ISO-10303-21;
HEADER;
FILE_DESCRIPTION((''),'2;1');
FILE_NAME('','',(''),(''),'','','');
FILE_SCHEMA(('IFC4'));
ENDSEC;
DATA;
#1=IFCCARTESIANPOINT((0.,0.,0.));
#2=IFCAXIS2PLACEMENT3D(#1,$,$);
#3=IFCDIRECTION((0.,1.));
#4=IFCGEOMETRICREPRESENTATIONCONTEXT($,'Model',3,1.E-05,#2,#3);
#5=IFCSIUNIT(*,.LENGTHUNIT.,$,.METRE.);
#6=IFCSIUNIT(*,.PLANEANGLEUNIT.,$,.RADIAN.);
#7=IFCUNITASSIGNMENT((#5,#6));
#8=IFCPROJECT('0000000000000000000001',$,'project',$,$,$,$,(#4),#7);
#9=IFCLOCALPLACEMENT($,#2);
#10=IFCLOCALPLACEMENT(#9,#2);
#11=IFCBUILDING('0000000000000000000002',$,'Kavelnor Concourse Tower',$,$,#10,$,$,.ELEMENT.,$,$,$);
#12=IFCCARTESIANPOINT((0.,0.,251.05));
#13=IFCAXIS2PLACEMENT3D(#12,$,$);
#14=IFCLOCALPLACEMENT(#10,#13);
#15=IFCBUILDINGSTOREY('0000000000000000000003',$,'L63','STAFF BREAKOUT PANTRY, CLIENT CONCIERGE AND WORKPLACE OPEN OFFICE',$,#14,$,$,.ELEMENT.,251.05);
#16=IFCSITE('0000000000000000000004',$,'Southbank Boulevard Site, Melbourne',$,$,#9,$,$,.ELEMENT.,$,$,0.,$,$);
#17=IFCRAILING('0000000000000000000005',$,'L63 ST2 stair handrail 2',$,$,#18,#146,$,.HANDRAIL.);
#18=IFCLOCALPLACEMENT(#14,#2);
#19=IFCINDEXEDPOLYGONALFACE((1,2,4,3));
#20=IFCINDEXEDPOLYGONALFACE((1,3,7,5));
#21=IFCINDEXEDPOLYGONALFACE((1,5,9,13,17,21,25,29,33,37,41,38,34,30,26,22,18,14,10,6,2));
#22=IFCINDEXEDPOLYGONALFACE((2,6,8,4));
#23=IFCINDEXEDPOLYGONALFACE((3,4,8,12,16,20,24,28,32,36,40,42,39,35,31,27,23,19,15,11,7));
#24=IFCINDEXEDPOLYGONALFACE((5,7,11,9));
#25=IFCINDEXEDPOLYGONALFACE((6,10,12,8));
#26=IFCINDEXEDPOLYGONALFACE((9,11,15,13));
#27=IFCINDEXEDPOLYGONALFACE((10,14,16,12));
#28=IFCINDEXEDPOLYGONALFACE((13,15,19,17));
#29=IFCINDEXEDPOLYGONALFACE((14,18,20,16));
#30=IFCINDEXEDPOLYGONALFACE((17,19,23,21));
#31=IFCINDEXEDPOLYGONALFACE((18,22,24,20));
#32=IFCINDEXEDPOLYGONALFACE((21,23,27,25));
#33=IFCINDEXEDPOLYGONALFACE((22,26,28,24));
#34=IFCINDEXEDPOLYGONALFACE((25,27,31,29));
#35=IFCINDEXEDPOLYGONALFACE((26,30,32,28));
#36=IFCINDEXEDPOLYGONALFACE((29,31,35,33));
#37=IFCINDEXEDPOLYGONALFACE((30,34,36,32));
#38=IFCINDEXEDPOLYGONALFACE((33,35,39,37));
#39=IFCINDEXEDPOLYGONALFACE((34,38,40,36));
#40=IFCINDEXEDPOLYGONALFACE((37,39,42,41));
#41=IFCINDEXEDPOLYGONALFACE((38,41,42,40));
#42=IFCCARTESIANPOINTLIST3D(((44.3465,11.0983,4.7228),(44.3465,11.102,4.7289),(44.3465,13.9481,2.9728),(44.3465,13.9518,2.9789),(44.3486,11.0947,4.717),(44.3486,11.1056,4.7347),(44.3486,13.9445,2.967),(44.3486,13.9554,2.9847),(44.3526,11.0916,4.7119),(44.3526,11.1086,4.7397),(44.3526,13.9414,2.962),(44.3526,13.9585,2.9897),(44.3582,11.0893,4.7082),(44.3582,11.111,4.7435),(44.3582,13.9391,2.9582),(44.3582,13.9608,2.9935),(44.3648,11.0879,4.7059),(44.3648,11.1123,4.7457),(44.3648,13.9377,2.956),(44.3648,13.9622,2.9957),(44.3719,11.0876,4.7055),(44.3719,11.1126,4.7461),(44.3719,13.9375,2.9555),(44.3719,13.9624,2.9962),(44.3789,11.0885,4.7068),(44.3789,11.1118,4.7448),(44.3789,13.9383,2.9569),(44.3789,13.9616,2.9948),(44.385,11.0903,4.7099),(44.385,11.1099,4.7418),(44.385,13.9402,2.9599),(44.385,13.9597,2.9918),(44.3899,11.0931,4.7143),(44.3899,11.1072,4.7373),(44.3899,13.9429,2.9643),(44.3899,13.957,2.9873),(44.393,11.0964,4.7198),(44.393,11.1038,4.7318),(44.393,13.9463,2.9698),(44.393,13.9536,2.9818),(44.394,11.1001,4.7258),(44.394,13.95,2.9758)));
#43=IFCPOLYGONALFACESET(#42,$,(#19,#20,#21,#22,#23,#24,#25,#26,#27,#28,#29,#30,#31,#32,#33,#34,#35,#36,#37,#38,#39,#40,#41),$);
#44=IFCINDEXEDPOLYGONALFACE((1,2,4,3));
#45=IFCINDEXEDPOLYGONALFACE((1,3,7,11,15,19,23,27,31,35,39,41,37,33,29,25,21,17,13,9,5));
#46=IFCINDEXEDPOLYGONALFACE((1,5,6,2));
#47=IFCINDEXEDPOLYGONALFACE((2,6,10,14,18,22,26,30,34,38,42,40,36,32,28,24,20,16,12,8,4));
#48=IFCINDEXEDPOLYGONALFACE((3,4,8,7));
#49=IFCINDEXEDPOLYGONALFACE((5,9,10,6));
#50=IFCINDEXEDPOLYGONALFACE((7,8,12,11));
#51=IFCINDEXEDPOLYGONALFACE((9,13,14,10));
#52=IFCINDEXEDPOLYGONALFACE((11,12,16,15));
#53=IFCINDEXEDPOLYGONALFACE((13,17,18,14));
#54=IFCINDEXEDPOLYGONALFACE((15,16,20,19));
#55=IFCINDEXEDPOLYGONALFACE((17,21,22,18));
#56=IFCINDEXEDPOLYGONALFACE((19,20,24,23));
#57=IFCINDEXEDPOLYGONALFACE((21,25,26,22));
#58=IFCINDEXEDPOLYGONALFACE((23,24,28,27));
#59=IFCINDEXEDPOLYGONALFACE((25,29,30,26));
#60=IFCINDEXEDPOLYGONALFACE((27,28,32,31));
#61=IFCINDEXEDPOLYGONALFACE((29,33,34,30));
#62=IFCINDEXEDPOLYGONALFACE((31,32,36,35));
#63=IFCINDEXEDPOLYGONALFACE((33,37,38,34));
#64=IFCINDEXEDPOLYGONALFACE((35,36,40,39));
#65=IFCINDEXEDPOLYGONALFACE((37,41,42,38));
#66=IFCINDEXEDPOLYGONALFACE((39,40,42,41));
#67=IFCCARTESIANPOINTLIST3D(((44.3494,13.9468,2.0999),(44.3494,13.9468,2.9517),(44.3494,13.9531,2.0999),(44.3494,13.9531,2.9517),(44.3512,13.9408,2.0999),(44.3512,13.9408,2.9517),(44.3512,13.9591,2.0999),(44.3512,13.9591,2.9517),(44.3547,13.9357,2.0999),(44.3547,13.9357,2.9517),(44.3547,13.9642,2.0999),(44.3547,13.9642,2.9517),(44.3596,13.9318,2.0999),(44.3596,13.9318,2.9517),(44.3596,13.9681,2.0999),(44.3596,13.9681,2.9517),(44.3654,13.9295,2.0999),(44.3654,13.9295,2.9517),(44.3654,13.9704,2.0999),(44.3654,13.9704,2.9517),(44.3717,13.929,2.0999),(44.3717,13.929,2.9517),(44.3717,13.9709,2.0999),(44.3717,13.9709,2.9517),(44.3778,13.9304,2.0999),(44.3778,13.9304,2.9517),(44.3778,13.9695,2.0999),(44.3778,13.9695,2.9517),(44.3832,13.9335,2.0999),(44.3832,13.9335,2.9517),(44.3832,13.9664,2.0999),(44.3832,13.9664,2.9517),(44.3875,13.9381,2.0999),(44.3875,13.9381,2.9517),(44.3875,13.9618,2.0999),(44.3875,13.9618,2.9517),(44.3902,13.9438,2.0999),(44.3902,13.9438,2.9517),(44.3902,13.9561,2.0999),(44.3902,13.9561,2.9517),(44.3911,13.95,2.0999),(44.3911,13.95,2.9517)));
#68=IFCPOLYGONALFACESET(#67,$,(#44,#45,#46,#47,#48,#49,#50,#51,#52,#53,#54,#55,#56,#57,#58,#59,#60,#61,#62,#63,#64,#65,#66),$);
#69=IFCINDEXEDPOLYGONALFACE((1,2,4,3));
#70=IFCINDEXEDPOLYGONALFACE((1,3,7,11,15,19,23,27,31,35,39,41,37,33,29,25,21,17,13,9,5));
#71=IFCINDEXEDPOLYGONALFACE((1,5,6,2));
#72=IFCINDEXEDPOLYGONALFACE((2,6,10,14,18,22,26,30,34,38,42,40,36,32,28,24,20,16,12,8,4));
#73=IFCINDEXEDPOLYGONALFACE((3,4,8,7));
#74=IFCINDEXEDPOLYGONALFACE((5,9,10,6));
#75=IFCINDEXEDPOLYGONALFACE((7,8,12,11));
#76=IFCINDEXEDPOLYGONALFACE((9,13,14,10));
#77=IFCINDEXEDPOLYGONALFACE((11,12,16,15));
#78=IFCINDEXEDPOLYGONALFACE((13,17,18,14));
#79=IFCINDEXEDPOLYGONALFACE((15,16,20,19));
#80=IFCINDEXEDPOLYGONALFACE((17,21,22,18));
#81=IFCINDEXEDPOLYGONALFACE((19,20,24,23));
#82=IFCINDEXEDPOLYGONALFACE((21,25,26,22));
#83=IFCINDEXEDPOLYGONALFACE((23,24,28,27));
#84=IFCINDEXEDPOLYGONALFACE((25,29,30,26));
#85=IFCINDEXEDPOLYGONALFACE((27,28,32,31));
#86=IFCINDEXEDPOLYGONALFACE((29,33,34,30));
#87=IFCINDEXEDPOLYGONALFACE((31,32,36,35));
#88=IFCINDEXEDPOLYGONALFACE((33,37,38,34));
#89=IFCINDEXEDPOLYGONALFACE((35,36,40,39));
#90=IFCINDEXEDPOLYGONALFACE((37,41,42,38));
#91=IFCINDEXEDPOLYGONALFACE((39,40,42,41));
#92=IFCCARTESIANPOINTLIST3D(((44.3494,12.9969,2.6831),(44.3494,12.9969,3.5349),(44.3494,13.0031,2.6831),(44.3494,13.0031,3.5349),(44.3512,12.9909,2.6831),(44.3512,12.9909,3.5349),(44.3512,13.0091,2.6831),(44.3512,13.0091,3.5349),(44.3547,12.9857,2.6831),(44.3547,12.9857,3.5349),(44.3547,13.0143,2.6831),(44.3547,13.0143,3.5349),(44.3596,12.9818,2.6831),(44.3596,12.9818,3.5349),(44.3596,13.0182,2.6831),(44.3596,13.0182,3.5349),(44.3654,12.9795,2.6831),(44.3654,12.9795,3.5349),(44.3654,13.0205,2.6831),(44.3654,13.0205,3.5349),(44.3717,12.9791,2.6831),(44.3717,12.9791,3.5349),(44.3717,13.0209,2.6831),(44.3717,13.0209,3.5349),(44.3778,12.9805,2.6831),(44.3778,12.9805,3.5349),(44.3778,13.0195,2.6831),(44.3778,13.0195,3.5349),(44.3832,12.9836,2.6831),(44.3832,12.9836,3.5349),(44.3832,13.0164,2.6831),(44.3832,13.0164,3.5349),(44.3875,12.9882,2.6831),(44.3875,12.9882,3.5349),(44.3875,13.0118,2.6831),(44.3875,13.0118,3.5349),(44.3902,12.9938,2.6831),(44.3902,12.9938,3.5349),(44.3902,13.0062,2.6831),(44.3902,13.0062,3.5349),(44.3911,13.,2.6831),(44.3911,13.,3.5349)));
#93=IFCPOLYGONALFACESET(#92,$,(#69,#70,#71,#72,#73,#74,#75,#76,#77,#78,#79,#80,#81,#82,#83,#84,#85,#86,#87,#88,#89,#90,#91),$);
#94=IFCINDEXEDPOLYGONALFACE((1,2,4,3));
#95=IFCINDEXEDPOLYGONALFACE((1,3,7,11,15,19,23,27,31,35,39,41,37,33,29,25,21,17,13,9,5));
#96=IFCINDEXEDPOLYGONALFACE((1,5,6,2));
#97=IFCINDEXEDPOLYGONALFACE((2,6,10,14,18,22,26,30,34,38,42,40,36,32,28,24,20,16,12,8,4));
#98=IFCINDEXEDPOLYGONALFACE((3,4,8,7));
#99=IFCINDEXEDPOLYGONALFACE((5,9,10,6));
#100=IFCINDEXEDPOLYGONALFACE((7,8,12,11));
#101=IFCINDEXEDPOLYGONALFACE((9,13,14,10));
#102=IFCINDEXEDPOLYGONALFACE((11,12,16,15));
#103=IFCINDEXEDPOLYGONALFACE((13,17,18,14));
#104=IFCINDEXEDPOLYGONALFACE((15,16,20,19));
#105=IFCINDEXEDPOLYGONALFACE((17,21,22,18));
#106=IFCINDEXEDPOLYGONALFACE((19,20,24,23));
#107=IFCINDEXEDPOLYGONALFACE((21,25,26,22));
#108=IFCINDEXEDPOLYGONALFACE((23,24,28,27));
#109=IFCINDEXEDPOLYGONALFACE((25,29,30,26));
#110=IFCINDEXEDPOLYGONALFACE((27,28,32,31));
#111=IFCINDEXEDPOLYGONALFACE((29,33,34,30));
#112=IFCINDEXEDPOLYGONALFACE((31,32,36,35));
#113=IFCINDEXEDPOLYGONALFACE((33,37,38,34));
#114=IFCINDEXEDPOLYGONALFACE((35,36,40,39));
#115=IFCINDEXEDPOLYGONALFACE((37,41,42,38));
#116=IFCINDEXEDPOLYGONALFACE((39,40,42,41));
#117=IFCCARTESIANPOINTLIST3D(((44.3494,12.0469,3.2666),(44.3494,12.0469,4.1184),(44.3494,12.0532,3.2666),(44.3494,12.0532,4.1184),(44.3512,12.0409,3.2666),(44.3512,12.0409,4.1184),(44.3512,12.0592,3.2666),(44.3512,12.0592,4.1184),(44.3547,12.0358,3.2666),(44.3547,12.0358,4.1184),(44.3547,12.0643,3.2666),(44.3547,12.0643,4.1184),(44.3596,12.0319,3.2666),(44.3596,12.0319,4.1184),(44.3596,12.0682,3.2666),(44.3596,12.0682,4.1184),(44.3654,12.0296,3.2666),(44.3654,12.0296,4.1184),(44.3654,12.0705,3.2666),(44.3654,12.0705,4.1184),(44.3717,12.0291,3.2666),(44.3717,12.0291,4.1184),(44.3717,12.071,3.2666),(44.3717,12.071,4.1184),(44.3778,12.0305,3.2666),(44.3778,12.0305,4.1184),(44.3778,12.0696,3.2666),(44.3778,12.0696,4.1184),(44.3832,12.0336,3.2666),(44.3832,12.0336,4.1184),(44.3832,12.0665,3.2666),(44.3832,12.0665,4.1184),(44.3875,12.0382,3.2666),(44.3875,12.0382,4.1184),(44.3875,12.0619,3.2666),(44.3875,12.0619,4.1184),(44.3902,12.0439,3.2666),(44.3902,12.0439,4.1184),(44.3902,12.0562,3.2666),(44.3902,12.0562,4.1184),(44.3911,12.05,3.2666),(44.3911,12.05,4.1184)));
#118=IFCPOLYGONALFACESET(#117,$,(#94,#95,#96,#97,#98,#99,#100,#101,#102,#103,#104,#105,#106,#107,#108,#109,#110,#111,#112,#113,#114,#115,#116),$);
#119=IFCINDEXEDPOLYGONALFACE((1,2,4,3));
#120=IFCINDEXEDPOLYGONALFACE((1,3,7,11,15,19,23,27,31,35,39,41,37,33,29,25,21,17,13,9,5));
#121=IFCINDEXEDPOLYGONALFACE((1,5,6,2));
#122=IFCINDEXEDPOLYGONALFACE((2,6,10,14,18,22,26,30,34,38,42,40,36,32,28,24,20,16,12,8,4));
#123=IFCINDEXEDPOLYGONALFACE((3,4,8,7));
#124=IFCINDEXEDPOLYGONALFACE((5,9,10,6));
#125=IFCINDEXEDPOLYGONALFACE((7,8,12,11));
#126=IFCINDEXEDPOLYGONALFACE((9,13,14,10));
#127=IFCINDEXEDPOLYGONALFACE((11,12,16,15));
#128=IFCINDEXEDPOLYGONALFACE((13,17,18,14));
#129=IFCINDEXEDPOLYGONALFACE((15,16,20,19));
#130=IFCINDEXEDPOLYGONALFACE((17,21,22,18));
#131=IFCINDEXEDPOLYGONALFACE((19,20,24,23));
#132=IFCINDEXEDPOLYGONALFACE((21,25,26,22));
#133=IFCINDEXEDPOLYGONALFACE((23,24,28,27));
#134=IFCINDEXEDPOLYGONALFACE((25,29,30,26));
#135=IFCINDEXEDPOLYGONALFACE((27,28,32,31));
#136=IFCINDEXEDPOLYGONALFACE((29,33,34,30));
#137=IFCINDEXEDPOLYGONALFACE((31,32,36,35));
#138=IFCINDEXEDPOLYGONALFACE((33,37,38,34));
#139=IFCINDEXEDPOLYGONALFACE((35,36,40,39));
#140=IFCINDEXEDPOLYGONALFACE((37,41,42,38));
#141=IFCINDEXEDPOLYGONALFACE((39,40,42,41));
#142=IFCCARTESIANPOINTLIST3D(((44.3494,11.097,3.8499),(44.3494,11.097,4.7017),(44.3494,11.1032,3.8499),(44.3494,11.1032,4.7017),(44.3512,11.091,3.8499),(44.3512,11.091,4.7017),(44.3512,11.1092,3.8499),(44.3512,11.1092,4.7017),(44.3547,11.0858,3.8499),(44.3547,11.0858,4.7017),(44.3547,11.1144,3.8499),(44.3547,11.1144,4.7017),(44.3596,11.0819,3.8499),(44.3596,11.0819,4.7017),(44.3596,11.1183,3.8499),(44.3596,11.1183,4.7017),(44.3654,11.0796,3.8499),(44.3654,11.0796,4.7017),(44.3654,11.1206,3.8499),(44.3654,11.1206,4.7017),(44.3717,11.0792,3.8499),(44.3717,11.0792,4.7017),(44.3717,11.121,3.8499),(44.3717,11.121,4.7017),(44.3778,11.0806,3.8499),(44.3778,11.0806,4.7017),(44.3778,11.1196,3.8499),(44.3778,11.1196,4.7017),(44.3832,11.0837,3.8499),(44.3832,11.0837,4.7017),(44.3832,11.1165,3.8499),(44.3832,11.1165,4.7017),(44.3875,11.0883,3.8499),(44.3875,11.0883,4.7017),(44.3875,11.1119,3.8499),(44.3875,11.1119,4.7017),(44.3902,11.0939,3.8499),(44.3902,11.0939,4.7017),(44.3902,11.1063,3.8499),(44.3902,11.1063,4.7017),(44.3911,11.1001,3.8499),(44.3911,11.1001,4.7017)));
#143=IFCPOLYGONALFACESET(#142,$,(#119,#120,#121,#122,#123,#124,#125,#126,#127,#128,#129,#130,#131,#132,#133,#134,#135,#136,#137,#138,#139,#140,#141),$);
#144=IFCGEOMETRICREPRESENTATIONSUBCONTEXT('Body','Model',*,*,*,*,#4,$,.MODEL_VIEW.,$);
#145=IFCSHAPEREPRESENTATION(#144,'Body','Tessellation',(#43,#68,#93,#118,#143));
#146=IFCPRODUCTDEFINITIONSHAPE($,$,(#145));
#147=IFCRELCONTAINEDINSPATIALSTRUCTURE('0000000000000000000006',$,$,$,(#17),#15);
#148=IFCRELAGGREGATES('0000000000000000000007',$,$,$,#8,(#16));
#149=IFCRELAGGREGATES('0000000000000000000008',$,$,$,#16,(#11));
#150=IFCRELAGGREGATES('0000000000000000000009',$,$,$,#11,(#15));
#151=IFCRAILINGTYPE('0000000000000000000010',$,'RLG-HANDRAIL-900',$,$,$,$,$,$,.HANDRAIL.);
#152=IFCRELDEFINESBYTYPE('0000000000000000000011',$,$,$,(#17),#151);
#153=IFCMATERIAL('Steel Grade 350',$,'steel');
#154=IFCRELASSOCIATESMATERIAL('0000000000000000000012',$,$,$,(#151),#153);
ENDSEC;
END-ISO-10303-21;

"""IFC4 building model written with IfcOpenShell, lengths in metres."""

from ifc_helpers import new_model, si_unit, direction, frame, origin, origin_2d, place, context, subcontext, project, spatial, circle, extrude, material, type_object, element, save


model = new_model("IFC4")

# Units and contexts
model_context = context("Model", 3, precision=1e-05, world=origin(), true_north=direction((0.0, 1.0)))
body_context = subcontext(model_context, "Body", "Model", "MODEL_VIEW")
ifc_project = project(units=[si_unit("LENGTHUNIT", "METRE"), si_unit("PLANEANGLEUNIT", "RADIAN")], contexts=[model_context])

# Site, building, storey
site_placement = place(None, origin())
site = spatial("IfcSite", under=ifc_project, at=site_placement, Name="Southbank Boulevard Site, Melbourne", CompositionType="ELEMENT", RefElevation=0.0)
building_placement = place(site_placement, origin())
building = spatial("IfcBuilding", under=site, at=building_placement, Name="Kavelnor Concourse Tower", CompositionType="ELEMENT")
storey_placement = place(building_placement, frame((0.0, 0.0, 251.05)))
storey = spatial("IfcBuildingStorey", under=building, at=storey_placement, Name="L63", Description="STAFF BREAKOUT PANTRY, CLIENT CONCIERGE AND WORKPLACE OPEN OFFICE", CompositionType="ELEMENT", Elevation=251.05)

# Shared definitions
ifc_material_1 = material(Name="Steel Grade 350", Category="steel")

# Railing
railing_type_1 = type_object("IfcRailingType", Name="RLG-HANDRAIL-900", PredefinedType="HANDRAIL", material=ifc_material_1)
railing_1_placement = place(storey_placement, frame((44.3701, 13.95, 2.0999)))
element("IfcRailing", 1, at=railing_1_placement, inside=storey, type_object=railing_type_1, Name="L63 ST2 stair handrail 2", PredefinedType="HANDRAIL", context=body_context, shape_type="SweptSolid", body=[
    extrude(circle(Radius=0.0239, at=origin_2d()), frame((0.0, 0.0, 0.876), z_axis=(0.0, -0.852159, 0.523283), x_axis=(1.0, 0.0, 0.0)), (0.0, 0.0, 1.0), 3.3442),
    extrude(circle(Radius=0.021, at=origin_2d()), origin(), (0.0, 0.0, 1.0), 0.8518),
    extrude(circle(Radius=0.021, at=origin_2d()), frame((0.0, -0.95, 0.5833)), (0.0, 0.0, 1.0), 0.8518),
    extrude(circle(Radius=0.021, at=origin_2d()), frame((0.0, -1.8999, 1.1667)), (0.0, 0.0, 1.0), 0.8518),
    extrude(circle(Radius=0.021, at=origin_2d()), frame((0.0, -2.8499, 1.75)), (0.0, 0.0, 1.0), 0.8518),
])

save(model, "model.ifc")
